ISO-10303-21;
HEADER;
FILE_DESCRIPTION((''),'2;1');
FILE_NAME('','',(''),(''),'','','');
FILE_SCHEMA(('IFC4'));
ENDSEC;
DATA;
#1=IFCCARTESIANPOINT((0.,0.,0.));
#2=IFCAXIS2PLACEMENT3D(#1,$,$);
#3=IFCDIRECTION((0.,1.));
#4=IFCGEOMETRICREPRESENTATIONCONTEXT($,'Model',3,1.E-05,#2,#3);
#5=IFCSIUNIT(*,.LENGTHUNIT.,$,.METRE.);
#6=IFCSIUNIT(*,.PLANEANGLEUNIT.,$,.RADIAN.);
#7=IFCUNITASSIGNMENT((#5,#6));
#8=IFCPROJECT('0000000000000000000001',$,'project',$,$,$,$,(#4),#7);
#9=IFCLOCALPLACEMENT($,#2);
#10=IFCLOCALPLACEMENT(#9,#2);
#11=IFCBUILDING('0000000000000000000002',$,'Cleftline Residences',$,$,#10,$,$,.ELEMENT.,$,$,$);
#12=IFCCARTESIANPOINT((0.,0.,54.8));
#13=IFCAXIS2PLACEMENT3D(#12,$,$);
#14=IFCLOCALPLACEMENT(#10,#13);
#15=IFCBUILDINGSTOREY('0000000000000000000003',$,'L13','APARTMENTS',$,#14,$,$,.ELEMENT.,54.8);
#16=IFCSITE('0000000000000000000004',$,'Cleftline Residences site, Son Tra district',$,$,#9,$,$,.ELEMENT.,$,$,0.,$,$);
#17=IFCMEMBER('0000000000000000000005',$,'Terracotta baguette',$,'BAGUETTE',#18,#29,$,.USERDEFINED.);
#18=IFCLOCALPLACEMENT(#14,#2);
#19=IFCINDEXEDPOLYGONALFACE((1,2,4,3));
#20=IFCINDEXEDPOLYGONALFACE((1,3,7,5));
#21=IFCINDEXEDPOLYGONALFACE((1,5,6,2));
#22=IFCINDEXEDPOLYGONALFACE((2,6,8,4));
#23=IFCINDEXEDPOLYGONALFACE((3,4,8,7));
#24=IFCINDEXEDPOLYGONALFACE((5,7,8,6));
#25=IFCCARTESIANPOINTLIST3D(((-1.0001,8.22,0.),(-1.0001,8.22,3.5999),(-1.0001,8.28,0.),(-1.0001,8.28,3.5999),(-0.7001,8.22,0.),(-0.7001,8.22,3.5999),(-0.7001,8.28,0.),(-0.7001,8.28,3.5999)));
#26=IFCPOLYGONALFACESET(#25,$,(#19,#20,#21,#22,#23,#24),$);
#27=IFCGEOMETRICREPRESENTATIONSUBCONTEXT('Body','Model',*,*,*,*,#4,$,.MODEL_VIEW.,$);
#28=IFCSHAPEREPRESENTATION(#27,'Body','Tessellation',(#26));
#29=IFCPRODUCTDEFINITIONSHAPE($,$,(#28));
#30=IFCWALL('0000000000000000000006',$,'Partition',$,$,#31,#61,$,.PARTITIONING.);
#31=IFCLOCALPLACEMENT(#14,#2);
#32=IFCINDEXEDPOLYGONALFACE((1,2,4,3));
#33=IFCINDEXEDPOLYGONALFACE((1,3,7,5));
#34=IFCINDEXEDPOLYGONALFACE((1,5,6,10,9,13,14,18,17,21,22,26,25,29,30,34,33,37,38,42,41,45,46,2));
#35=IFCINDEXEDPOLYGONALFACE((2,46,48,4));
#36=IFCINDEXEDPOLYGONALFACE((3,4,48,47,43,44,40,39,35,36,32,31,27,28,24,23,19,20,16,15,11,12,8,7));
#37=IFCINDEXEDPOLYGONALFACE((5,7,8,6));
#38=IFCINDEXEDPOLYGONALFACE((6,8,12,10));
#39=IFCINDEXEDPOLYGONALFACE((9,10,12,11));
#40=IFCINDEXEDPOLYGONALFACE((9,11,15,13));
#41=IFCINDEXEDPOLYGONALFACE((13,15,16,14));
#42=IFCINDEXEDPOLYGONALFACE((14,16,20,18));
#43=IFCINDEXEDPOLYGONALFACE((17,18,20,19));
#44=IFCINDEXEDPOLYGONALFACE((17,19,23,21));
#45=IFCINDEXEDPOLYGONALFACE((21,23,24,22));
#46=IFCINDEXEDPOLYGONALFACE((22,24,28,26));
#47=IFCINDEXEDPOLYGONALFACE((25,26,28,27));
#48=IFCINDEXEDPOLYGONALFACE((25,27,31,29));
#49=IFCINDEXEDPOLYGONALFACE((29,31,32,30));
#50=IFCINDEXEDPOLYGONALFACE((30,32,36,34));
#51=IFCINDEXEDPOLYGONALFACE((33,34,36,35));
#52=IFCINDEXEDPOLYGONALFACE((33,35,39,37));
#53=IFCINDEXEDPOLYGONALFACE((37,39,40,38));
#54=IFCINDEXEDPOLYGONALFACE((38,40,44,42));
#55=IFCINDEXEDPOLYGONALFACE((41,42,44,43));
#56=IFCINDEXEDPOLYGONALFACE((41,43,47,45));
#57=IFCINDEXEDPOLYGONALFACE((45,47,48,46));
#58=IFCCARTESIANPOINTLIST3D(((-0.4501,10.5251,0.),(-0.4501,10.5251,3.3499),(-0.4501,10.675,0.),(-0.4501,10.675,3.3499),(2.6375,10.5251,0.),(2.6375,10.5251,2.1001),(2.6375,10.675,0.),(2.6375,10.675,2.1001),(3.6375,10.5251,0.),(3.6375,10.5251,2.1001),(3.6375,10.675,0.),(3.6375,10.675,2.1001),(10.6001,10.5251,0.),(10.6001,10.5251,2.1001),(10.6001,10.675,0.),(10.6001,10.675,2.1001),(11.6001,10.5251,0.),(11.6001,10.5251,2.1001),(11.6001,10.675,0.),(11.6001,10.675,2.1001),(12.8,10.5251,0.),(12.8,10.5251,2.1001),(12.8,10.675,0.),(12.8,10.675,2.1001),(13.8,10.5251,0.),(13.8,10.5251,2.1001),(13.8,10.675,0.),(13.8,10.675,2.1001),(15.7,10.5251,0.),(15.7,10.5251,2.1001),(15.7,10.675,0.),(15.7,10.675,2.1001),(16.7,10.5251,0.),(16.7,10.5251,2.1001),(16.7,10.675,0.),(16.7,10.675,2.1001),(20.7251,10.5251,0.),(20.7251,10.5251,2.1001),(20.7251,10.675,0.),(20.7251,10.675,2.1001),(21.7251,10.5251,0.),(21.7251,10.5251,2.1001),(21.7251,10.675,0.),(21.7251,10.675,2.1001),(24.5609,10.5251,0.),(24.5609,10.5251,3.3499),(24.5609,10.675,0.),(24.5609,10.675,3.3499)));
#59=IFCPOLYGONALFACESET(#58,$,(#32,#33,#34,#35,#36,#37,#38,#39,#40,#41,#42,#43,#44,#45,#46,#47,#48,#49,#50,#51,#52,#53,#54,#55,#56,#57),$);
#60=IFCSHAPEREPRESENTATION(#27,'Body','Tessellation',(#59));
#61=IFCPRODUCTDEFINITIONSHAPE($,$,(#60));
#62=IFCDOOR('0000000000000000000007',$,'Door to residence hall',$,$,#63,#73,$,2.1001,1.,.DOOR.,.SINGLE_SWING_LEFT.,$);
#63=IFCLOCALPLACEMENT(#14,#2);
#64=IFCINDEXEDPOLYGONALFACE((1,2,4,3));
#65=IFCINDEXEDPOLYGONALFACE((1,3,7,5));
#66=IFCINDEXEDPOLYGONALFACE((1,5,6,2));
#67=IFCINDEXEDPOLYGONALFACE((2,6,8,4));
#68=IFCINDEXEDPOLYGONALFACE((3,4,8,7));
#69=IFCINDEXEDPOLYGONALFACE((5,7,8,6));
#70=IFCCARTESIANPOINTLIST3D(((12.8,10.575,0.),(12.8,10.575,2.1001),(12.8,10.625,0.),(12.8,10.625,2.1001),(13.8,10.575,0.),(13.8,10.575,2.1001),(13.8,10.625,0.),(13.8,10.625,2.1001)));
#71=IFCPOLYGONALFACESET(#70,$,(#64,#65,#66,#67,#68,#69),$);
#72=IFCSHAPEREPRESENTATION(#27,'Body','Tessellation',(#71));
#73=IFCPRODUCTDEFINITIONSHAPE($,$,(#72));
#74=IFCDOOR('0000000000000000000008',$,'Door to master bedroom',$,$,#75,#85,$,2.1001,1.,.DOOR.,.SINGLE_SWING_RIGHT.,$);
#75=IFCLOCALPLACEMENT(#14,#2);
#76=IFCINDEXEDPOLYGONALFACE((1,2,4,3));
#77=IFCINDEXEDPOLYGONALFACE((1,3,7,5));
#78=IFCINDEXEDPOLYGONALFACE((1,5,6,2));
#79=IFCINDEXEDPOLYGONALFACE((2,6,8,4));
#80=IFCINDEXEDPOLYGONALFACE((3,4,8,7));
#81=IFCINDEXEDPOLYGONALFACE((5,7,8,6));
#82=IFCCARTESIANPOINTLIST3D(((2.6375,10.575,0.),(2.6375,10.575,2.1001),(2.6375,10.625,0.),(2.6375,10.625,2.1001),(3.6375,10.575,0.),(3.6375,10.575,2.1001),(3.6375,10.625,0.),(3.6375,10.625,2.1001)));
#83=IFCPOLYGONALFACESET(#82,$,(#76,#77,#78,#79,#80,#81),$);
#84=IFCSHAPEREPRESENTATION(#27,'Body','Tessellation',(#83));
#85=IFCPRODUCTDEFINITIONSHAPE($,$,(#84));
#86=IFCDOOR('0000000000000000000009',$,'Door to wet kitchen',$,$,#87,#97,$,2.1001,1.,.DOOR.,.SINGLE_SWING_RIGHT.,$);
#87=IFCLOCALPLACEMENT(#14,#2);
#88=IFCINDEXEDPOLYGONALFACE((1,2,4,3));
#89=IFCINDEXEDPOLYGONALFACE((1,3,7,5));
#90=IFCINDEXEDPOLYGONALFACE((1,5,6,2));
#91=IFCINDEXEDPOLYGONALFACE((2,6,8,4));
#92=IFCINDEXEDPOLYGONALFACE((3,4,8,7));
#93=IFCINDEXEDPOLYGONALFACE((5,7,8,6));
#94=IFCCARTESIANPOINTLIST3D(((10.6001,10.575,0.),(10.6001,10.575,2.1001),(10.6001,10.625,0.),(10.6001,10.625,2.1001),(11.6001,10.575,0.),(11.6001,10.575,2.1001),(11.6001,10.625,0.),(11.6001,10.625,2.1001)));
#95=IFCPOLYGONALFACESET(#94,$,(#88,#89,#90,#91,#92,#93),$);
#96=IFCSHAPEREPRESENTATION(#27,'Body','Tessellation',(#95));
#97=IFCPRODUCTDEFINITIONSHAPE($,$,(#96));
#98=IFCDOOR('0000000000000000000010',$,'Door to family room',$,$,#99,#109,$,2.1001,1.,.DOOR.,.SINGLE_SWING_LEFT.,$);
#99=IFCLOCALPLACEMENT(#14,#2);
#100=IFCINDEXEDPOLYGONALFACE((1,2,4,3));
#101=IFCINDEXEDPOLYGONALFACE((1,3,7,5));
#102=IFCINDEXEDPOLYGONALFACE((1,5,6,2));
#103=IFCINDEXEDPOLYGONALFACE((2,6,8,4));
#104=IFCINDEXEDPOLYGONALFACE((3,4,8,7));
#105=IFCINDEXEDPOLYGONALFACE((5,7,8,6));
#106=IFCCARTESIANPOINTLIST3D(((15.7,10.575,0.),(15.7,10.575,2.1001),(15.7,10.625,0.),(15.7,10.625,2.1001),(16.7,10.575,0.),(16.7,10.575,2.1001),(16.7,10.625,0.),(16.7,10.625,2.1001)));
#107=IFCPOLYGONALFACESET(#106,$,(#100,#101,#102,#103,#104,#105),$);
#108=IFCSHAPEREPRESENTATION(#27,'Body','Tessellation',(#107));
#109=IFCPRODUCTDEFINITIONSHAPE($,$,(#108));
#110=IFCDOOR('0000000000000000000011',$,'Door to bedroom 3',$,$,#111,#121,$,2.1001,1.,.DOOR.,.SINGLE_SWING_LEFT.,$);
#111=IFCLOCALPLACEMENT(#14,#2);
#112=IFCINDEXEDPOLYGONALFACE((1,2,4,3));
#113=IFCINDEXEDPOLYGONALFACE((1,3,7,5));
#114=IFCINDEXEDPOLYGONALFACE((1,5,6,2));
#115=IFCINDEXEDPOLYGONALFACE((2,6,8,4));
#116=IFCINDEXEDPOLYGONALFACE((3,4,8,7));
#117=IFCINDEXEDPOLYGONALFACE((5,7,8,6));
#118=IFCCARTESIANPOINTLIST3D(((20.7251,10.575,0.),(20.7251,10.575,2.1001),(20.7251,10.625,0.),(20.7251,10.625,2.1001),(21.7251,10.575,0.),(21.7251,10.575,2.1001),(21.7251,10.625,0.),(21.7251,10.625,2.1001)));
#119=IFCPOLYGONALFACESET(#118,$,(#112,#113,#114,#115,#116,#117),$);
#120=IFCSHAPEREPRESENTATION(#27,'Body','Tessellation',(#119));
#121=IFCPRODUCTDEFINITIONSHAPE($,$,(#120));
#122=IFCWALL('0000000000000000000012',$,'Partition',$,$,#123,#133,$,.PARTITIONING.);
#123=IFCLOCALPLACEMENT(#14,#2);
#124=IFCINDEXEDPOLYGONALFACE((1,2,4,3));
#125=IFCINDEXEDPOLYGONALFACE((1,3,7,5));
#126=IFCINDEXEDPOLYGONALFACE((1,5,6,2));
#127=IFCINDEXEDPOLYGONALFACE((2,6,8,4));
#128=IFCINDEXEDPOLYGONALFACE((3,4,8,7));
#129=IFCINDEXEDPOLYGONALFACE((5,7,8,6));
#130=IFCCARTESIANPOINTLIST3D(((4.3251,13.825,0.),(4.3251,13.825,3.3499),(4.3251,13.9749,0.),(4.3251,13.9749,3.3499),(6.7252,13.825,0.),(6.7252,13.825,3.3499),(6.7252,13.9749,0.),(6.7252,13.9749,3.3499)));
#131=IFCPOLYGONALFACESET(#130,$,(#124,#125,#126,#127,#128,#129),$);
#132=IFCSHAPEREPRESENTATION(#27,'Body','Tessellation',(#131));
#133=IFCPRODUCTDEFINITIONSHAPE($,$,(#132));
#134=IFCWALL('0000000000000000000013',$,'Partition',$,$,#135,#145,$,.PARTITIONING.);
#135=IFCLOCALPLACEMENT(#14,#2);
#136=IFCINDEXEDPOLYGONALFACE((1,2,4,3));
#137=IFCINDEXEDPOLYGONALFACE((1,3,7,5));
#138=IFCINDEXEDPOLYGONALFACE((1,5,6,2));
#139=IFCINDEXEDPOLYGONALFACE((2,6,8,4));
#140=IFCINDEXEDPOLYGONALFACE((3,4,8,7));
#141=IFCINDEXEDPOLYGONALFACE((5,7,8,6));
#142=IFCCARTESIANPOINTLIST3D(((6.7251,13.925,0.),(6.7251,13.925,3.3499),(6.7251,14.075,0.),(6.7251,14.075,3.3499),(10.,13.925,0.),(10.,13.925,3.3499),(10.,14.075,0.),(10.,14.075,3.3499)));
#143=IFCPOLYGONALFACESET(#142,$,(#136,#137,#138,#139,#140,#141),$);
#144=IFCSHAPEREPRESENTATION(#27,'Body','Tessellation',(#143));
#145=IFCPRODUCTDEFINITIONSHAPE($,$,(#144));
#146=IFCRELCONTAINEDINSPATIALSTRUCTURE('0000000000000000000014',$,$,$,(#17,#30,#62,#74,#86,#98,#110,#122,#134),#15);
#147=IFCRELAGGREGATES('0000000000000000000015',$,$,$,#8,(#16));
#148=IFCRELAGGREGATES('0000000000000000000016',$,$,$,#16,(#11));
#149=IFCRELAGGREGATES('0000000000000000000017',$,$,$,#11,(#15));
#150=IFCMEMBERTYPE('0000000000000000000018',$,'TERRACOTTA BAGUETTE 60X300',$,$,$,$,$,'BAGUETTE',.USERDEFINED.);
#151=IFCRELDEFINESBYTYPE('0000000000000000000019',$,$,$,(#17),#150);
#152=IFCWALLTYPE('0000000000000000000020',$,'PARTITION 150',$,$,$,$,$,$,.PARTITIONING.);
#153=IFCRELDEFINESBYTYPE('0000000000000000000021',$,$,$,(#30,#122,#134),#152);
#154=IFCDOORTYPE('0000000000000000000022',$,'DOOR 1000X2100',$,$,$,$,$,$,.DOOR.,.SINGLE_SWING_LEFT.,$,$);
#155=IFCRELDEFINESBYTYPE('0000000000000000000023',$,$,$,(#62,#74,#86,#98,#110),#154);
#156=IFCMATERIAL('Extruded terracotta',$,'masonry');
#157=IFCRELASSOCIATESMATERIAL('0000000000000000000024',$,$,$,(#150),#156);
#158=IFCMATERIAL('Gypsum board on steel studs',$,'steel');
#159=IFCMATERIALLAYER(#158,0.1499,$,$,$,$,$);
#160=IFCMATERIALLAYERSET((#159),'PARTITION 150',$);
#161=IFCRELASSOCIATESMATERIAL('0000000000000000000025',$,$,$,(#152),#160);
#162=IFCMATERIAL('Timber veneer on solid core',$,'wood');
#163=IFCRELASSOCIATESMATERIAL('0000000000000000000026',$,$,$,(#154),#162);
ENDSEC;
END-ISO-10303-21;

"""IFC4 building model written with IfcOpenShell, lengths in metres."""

from ifc_helpers import new_model, si_unit, direction, frame, frame_2d, origin, origin_2d, place, context, subcontext, project, spatial, rectangle, extrude, material, layer, layer_set, material_profile, profile_set, type_object, element, fill, save


model = new_model("IFC4")

# Units and contexts
model_context = context("Model", 3, precision=1e-05, world=origin(), true_north=direction((0.0, 1.0)))
body_context = subcontext(model_context, "Body", "Model", "MODEL_VIEW")
ifc_project = project(units=[si_unit("LENGTHUNIT", "METRE"), si_unit("PLANEANGLEUNIT", "RADIAN")], contexts=[model_context])

# Site, building, storey
site_placement = place(None, origin())
site = spatial("IfcSite", under=ifc_project, at=site_placement, Name="Cleftline Residences site, Son Tra district", CompositionType="ELEMENT", RefElevation=0.0)
building_placement = place(site_placement, origin())
building = spatial("IfcBuilding", under=site, at=building_placement, Name="Cleftline Residences", CompositionType="ELEMENT")
storey_placement = place(building_placement, frame((0.0, 0.0, 54.8)))
storey = spatial("IfcBuildingStorey", under=building, at=storey_placement, Name="L13", Description="APARTMENTS", CompositionType="ELEMENT", Elevation=54.8)

# Member
ifc_material_1 = material(Name="Extruded terracotta", Category="masonry")
ifc_material_profile_1 = material_profile(ifc_material_1, rectangle(XDim=0.0601, YDim=0.3, at=origin_2d()))
ifc_profile_set_1 = profile_set([ifc_material_profile_1], Name="Extruded terracotta")
member_type_1 = type_object("IfcMemberType", Name="TERRACOTTA BAGUETTE 60X300", ElementType="BAGUETTE", PredefinedType="USERDEFINED", material=ifc_profile_set_1)
for number, where, z_axis, x_axis, name in (
    (1, (-0.8501, 8.25, 0.0), (0.0, 0.0, 1.0), (0.0, 1.0, 0.0), "Terracotta baguette"),
):
    element("IfcMember", number, at=place(storey_placement, frame(where, z_axis=z_axis, x_axis=x_axis)), inside=storey, type_object=member_type_1, Name=name, ObjectType="BAGUETTE", PredefinedType="USERDEFINED", context=body_context, shape_type="SweptSolid", body=[
        extrude(rectangle(XDim=0.0601, YDim=0.3, at=origin_2d()), origin(), (0.0, 0.0, 1.0), 3.5999),
    ])

# Wall, openings, doors
ifc_material_2 = material(Name="Gypsum board on steel studs", Category="steel")
ifc_layer = layer(ifc_material_2, 0.1499)
ifc_layer_set = layer_set([ifc_layer], Name="PARTITION 150")
wall_type = type_object("IfcWallType", Name="PARTITION 150", PredefinedType="PARTITIONING", material=ifc_layer_set)
wall_1_placement = place(storey_placement, frame((-0.45, 10.6001, 0.0), z_axis=(0.0, 0.0, 1.0), x_axis=(1.0, 0.0, 0.0)))
wall_1 = element("IfcWall", 2, at=wall_1_placement, inside=storey, type_object=wall_type, Name="Partition", PredefinedType="PARTITIONING", context=body_context, shape_type="SweptSolid", body=[
    extrude(rectangle(XDim=25.011, YDim=0.1499, at=frame_2d((12.5054, 0.0))), origin(), (0.0, 0.0, 1.0), 3.3499),
])
opening_1_placement = place(wall_1_placement, frame((13.25, 0.0, 0.0)))
opening_1 = element("IfcOpeningElement", 3, at=opening_1_placement, cuts=wall_1, PredefinedType="OPENING", context=body_context, shape_type="SweptSolid", body=[
    extrude(rectangle(XDim=1.0, YDim=2.1001, at=frame_2d((0.5, 1.05))), frame((0.0, 0.085, 0.0), z_axis=(0.0, -1.0, 0.0), x_axis=(1.0, 0.0, 0.0)), (0.0, 0.0, 1.0), 0.1699),
])
opening_2_placement = place(wall_1_placement, frame((3.0874, 0.0, 0.0)))
opening_2 = element("IfcOpeningElement", 4, at=opening_2_placement, cuts=wall_1, PredefinedType="OPENING", context=body_context, shape_type="SweptSolid", body=[
    extrude(rectangle(XDim=1.0, YDim=2.1001, at=frame_2d((0.5, 1.05))), frame((0.0, 0.085, 0.0), z_axis=(0.0, -1.0, 0.0), x_axis=(1.0, 0.0, 0.0)), (0.0, 0.0, 1.0), 0.1699),
])
opening_3_placement = place(wall_1_placement, frame((11.05, 0.0, 0.0)))
opening_3 = element("IfcOpeningElement", 5, at=opening_3_placement, cuts=wall_1, PredefinedType="OPENING", context=body_context, shape_type="SweptSolid", body=[
    extrude(rectangle(XDim=1.0, YDim=2.1001, at=frame_2d((0.5, 1.05))), frame((0.0, 0.085, 0.0), z_axis=(0.0, -1.0, 0.0), x_axis=(1.0, 0.0, 0.0)), (0.0, 0.0, 1.0), 0.1699),
])
opening_4_placement = place(wall_1_placement, frame((16.1499, 0.0, 0.0)))
opening_4 = element("IfcOpeningElement", 6, at=opening_4_placement, cuts=wall_1, PredefinedType="OPENING", context=body_context, shape_type="SweptSolid", body=[
    extrude(rectangle(XDim=1.0, YDim=2.1001, at=frame_2d((0.5, 1.05))), frame((0.0, 0.085, 0.0), z_axis=(0.0, -1.0, 0.0), x_axis=(1.0, 0.0, 0.0)), (0.0, 0.0, 1.0), 0.1699),
])
opening_5_placement = place(wall_1_placement, frame((21.175, 0.0, 0.0)))
opening_5 = element("IfcOpeningElement", 7, at=opening_5_placement, cuts=wall_1, PredefinedType="OPENING", context=body_context, shape_type="SweptSolid", body=[
    extrude(rectangle(XDim=1.0, YDim=2.1001, at=frame_2d((0.5, 1.05))), frame((0.0, 0.085, 0.0), z_axis=(0.0, -1.0, 0.0), x_axis=(1.0, 0.0, 0.0)), (0.0, 0.0, 1.0), 0.1699),
])
ifc_material_3 = material(Name="Timber veneer on solid core", Category="wood")
door_type_1 = type_object("IfcDoorType", Name="DOOR 1000X2100", OperationType="SINGLE_SWING_LEFT", PredefinedType="DOOR", material=ifc_material_3)
door_1_placement = place(opening_1_placement, origin())
door_1 = element("IfcDoor", 8, at=door_1_placement, inside=storey, type_object=door_type_1, Name="Door to residence hall", OperationType="SINGLE_SWING_LEFT", OverallHeight=2.1001, OverallWidth=1.0, PredefinedType="DOOR", context=body_context, shape_type="SweptSolid", body=[
    extrude(rectangle(XDim=1.0, YDim=2.1001, at=frame_2d((0.5, 1.05))), frame((0.0, 0.0249, 0.0), z_axis=(0.0, -1.0, 0.0), x_axis=(1.0, 0.0, 0.0)), (0.0, 0.0, 1.0), 0.05),
])
fill(opening_1, door_1)
door_2_placement = place(opening_2_placement, origin())
door_2 = element("IfcDoor", 9, at=door_2_placement, inside=storey, type_object=door_type_1, Name="Door to master bedroom", OperationType="SINGLE_SWING_RIGHT", OverallHeight=2.1001, OverallWidth=1.0, PredefinedType="DOOR", context=body_context, shape_type="SweptSolid", body=[
    extrude(rectangle(XDim=1.0, YDim=2.1001, at=frame_2d((0.5, 1.05))), frame((0.0, 0.0249, 0.0), z_axis=(0.0, -1.0, 0.0), x_axis=(1.0, 0.0, 0.0)), (0.0, 0.0, 1.0), 0.05),
])
fill(opening_2, door_2)
door_3_placement = place(opening_3_placement, origin())
door_3 = element("IfcDoor", 10, at=door_3_placement, inside=storey, type_object=door_type_1, Name="Door to wet kitchen", OperationType="SINGLE_SWING_RIGHT", OverallHeight=2.1001, OverallWidth=1.0, PredefinedType="DOOR", context=body_context, shape_type="SweptSolid", body=[
    extrude(rectangle(XDim=1.0, YDim=2.1001, at=frame_2d((0.5, 1.05))), frame((0.0, 0.0249, 0.0), z_axis=(0.0, -1.0, 0.0), x_axis=(1.0, 0.0, 0.0)), (0.0, 0.0, 1.0), 0.05),
])
fill(opening_3, door_3)
door_4_placement = place(opening_4_placement, origin())
door_4 = element("IfcDoor", 11, at=door_4_placement, inside=storey, type_object=door_type_1, Name="Door to family room", OperationType="SINGLE_SWING_LEFT", OverallHeight=2.1001, OverallWidth=1.0, PredefinedType="DOOR", context=body_context, shape_type="SweptSolid", body=[
    extrude(rectangle(XDim=1.0, YDim=2.1001, at=frame_2d((0.5, 1.05))), frame((0.0, 0.0249, 0.0), z_axis=(0.0, -1.0, 0.0), x_axis=(1.0, 0.0, 0.0)), (0.0, 0.0, 1.0), 0.05),
])
fill(opening_4, door_4)
door_5_placement = place(opening_5_placement, origin())
door_5 = element("IfcDoor", 12, at=door_5_placement, inside=storey, type_object=door_type_1, Name="Door to bedroom 3", OperationType="SINGLE_SWING_LEFT", OverallHeight=2.1001, OverallWidth=1.0, PredefinedType="DOOR", context=body_context, shape_type="SweptSolid", body=[
    extrude(rectangle(XDim=1.0, YDim=2.1001, at=frame_2d((0.5, 1.05))), frame((0.0, 0.0249, 0.0), z_axis=(0.0, -1.0, 0.0), x_axis=(1.0, 0.0, 0.0)), (0.0, 0.0, 1.0), 0.05),
])
fill(opening_5, door_5)

# Walls
wall_2_placement = place(storey_placement, frame((4.325, 13.8999, 0.0), z_axis=(0.0, 0.0, 1.0), x_axis=(1.0, 0.0, 0.0)))
element("IfcWall", 13, at=wall_2_placement, inside=storey, type_object=wall_type, Name="Partition", PredefinedType="PARTITIONING", context=body_context, shape_type="SweptSolid", body=[
    extrude(rectangle(XDim=2.4001, YDim=0.1499, at=frame_2d((1.2002, 0.0))), origin(), (0.0, 0.0, 1.0), 3.3499),
])
wall_3_placement = place(storey_placement, frame((6.7251, 14.0, 0.0), z_axis=(0.0, 0.0, 1.0), x_axis=(1.0, 0.0, 0.0)))
element("IfcWall", 14, at=wall_3_placement, inside=storey, type_object=wall_type, Name="Partition", PredefinedType="PARTITIONING", context=body_context, shape_type="SweptSolid", body=[
    extrude(rectangle(XDim=3.2749, YDim=0.1499, at=frame_2d((1.6375, 0.0))), origin(), (0.0, 0.0, 1.0), 3.3499),
])

save(model, "model.ifc")
